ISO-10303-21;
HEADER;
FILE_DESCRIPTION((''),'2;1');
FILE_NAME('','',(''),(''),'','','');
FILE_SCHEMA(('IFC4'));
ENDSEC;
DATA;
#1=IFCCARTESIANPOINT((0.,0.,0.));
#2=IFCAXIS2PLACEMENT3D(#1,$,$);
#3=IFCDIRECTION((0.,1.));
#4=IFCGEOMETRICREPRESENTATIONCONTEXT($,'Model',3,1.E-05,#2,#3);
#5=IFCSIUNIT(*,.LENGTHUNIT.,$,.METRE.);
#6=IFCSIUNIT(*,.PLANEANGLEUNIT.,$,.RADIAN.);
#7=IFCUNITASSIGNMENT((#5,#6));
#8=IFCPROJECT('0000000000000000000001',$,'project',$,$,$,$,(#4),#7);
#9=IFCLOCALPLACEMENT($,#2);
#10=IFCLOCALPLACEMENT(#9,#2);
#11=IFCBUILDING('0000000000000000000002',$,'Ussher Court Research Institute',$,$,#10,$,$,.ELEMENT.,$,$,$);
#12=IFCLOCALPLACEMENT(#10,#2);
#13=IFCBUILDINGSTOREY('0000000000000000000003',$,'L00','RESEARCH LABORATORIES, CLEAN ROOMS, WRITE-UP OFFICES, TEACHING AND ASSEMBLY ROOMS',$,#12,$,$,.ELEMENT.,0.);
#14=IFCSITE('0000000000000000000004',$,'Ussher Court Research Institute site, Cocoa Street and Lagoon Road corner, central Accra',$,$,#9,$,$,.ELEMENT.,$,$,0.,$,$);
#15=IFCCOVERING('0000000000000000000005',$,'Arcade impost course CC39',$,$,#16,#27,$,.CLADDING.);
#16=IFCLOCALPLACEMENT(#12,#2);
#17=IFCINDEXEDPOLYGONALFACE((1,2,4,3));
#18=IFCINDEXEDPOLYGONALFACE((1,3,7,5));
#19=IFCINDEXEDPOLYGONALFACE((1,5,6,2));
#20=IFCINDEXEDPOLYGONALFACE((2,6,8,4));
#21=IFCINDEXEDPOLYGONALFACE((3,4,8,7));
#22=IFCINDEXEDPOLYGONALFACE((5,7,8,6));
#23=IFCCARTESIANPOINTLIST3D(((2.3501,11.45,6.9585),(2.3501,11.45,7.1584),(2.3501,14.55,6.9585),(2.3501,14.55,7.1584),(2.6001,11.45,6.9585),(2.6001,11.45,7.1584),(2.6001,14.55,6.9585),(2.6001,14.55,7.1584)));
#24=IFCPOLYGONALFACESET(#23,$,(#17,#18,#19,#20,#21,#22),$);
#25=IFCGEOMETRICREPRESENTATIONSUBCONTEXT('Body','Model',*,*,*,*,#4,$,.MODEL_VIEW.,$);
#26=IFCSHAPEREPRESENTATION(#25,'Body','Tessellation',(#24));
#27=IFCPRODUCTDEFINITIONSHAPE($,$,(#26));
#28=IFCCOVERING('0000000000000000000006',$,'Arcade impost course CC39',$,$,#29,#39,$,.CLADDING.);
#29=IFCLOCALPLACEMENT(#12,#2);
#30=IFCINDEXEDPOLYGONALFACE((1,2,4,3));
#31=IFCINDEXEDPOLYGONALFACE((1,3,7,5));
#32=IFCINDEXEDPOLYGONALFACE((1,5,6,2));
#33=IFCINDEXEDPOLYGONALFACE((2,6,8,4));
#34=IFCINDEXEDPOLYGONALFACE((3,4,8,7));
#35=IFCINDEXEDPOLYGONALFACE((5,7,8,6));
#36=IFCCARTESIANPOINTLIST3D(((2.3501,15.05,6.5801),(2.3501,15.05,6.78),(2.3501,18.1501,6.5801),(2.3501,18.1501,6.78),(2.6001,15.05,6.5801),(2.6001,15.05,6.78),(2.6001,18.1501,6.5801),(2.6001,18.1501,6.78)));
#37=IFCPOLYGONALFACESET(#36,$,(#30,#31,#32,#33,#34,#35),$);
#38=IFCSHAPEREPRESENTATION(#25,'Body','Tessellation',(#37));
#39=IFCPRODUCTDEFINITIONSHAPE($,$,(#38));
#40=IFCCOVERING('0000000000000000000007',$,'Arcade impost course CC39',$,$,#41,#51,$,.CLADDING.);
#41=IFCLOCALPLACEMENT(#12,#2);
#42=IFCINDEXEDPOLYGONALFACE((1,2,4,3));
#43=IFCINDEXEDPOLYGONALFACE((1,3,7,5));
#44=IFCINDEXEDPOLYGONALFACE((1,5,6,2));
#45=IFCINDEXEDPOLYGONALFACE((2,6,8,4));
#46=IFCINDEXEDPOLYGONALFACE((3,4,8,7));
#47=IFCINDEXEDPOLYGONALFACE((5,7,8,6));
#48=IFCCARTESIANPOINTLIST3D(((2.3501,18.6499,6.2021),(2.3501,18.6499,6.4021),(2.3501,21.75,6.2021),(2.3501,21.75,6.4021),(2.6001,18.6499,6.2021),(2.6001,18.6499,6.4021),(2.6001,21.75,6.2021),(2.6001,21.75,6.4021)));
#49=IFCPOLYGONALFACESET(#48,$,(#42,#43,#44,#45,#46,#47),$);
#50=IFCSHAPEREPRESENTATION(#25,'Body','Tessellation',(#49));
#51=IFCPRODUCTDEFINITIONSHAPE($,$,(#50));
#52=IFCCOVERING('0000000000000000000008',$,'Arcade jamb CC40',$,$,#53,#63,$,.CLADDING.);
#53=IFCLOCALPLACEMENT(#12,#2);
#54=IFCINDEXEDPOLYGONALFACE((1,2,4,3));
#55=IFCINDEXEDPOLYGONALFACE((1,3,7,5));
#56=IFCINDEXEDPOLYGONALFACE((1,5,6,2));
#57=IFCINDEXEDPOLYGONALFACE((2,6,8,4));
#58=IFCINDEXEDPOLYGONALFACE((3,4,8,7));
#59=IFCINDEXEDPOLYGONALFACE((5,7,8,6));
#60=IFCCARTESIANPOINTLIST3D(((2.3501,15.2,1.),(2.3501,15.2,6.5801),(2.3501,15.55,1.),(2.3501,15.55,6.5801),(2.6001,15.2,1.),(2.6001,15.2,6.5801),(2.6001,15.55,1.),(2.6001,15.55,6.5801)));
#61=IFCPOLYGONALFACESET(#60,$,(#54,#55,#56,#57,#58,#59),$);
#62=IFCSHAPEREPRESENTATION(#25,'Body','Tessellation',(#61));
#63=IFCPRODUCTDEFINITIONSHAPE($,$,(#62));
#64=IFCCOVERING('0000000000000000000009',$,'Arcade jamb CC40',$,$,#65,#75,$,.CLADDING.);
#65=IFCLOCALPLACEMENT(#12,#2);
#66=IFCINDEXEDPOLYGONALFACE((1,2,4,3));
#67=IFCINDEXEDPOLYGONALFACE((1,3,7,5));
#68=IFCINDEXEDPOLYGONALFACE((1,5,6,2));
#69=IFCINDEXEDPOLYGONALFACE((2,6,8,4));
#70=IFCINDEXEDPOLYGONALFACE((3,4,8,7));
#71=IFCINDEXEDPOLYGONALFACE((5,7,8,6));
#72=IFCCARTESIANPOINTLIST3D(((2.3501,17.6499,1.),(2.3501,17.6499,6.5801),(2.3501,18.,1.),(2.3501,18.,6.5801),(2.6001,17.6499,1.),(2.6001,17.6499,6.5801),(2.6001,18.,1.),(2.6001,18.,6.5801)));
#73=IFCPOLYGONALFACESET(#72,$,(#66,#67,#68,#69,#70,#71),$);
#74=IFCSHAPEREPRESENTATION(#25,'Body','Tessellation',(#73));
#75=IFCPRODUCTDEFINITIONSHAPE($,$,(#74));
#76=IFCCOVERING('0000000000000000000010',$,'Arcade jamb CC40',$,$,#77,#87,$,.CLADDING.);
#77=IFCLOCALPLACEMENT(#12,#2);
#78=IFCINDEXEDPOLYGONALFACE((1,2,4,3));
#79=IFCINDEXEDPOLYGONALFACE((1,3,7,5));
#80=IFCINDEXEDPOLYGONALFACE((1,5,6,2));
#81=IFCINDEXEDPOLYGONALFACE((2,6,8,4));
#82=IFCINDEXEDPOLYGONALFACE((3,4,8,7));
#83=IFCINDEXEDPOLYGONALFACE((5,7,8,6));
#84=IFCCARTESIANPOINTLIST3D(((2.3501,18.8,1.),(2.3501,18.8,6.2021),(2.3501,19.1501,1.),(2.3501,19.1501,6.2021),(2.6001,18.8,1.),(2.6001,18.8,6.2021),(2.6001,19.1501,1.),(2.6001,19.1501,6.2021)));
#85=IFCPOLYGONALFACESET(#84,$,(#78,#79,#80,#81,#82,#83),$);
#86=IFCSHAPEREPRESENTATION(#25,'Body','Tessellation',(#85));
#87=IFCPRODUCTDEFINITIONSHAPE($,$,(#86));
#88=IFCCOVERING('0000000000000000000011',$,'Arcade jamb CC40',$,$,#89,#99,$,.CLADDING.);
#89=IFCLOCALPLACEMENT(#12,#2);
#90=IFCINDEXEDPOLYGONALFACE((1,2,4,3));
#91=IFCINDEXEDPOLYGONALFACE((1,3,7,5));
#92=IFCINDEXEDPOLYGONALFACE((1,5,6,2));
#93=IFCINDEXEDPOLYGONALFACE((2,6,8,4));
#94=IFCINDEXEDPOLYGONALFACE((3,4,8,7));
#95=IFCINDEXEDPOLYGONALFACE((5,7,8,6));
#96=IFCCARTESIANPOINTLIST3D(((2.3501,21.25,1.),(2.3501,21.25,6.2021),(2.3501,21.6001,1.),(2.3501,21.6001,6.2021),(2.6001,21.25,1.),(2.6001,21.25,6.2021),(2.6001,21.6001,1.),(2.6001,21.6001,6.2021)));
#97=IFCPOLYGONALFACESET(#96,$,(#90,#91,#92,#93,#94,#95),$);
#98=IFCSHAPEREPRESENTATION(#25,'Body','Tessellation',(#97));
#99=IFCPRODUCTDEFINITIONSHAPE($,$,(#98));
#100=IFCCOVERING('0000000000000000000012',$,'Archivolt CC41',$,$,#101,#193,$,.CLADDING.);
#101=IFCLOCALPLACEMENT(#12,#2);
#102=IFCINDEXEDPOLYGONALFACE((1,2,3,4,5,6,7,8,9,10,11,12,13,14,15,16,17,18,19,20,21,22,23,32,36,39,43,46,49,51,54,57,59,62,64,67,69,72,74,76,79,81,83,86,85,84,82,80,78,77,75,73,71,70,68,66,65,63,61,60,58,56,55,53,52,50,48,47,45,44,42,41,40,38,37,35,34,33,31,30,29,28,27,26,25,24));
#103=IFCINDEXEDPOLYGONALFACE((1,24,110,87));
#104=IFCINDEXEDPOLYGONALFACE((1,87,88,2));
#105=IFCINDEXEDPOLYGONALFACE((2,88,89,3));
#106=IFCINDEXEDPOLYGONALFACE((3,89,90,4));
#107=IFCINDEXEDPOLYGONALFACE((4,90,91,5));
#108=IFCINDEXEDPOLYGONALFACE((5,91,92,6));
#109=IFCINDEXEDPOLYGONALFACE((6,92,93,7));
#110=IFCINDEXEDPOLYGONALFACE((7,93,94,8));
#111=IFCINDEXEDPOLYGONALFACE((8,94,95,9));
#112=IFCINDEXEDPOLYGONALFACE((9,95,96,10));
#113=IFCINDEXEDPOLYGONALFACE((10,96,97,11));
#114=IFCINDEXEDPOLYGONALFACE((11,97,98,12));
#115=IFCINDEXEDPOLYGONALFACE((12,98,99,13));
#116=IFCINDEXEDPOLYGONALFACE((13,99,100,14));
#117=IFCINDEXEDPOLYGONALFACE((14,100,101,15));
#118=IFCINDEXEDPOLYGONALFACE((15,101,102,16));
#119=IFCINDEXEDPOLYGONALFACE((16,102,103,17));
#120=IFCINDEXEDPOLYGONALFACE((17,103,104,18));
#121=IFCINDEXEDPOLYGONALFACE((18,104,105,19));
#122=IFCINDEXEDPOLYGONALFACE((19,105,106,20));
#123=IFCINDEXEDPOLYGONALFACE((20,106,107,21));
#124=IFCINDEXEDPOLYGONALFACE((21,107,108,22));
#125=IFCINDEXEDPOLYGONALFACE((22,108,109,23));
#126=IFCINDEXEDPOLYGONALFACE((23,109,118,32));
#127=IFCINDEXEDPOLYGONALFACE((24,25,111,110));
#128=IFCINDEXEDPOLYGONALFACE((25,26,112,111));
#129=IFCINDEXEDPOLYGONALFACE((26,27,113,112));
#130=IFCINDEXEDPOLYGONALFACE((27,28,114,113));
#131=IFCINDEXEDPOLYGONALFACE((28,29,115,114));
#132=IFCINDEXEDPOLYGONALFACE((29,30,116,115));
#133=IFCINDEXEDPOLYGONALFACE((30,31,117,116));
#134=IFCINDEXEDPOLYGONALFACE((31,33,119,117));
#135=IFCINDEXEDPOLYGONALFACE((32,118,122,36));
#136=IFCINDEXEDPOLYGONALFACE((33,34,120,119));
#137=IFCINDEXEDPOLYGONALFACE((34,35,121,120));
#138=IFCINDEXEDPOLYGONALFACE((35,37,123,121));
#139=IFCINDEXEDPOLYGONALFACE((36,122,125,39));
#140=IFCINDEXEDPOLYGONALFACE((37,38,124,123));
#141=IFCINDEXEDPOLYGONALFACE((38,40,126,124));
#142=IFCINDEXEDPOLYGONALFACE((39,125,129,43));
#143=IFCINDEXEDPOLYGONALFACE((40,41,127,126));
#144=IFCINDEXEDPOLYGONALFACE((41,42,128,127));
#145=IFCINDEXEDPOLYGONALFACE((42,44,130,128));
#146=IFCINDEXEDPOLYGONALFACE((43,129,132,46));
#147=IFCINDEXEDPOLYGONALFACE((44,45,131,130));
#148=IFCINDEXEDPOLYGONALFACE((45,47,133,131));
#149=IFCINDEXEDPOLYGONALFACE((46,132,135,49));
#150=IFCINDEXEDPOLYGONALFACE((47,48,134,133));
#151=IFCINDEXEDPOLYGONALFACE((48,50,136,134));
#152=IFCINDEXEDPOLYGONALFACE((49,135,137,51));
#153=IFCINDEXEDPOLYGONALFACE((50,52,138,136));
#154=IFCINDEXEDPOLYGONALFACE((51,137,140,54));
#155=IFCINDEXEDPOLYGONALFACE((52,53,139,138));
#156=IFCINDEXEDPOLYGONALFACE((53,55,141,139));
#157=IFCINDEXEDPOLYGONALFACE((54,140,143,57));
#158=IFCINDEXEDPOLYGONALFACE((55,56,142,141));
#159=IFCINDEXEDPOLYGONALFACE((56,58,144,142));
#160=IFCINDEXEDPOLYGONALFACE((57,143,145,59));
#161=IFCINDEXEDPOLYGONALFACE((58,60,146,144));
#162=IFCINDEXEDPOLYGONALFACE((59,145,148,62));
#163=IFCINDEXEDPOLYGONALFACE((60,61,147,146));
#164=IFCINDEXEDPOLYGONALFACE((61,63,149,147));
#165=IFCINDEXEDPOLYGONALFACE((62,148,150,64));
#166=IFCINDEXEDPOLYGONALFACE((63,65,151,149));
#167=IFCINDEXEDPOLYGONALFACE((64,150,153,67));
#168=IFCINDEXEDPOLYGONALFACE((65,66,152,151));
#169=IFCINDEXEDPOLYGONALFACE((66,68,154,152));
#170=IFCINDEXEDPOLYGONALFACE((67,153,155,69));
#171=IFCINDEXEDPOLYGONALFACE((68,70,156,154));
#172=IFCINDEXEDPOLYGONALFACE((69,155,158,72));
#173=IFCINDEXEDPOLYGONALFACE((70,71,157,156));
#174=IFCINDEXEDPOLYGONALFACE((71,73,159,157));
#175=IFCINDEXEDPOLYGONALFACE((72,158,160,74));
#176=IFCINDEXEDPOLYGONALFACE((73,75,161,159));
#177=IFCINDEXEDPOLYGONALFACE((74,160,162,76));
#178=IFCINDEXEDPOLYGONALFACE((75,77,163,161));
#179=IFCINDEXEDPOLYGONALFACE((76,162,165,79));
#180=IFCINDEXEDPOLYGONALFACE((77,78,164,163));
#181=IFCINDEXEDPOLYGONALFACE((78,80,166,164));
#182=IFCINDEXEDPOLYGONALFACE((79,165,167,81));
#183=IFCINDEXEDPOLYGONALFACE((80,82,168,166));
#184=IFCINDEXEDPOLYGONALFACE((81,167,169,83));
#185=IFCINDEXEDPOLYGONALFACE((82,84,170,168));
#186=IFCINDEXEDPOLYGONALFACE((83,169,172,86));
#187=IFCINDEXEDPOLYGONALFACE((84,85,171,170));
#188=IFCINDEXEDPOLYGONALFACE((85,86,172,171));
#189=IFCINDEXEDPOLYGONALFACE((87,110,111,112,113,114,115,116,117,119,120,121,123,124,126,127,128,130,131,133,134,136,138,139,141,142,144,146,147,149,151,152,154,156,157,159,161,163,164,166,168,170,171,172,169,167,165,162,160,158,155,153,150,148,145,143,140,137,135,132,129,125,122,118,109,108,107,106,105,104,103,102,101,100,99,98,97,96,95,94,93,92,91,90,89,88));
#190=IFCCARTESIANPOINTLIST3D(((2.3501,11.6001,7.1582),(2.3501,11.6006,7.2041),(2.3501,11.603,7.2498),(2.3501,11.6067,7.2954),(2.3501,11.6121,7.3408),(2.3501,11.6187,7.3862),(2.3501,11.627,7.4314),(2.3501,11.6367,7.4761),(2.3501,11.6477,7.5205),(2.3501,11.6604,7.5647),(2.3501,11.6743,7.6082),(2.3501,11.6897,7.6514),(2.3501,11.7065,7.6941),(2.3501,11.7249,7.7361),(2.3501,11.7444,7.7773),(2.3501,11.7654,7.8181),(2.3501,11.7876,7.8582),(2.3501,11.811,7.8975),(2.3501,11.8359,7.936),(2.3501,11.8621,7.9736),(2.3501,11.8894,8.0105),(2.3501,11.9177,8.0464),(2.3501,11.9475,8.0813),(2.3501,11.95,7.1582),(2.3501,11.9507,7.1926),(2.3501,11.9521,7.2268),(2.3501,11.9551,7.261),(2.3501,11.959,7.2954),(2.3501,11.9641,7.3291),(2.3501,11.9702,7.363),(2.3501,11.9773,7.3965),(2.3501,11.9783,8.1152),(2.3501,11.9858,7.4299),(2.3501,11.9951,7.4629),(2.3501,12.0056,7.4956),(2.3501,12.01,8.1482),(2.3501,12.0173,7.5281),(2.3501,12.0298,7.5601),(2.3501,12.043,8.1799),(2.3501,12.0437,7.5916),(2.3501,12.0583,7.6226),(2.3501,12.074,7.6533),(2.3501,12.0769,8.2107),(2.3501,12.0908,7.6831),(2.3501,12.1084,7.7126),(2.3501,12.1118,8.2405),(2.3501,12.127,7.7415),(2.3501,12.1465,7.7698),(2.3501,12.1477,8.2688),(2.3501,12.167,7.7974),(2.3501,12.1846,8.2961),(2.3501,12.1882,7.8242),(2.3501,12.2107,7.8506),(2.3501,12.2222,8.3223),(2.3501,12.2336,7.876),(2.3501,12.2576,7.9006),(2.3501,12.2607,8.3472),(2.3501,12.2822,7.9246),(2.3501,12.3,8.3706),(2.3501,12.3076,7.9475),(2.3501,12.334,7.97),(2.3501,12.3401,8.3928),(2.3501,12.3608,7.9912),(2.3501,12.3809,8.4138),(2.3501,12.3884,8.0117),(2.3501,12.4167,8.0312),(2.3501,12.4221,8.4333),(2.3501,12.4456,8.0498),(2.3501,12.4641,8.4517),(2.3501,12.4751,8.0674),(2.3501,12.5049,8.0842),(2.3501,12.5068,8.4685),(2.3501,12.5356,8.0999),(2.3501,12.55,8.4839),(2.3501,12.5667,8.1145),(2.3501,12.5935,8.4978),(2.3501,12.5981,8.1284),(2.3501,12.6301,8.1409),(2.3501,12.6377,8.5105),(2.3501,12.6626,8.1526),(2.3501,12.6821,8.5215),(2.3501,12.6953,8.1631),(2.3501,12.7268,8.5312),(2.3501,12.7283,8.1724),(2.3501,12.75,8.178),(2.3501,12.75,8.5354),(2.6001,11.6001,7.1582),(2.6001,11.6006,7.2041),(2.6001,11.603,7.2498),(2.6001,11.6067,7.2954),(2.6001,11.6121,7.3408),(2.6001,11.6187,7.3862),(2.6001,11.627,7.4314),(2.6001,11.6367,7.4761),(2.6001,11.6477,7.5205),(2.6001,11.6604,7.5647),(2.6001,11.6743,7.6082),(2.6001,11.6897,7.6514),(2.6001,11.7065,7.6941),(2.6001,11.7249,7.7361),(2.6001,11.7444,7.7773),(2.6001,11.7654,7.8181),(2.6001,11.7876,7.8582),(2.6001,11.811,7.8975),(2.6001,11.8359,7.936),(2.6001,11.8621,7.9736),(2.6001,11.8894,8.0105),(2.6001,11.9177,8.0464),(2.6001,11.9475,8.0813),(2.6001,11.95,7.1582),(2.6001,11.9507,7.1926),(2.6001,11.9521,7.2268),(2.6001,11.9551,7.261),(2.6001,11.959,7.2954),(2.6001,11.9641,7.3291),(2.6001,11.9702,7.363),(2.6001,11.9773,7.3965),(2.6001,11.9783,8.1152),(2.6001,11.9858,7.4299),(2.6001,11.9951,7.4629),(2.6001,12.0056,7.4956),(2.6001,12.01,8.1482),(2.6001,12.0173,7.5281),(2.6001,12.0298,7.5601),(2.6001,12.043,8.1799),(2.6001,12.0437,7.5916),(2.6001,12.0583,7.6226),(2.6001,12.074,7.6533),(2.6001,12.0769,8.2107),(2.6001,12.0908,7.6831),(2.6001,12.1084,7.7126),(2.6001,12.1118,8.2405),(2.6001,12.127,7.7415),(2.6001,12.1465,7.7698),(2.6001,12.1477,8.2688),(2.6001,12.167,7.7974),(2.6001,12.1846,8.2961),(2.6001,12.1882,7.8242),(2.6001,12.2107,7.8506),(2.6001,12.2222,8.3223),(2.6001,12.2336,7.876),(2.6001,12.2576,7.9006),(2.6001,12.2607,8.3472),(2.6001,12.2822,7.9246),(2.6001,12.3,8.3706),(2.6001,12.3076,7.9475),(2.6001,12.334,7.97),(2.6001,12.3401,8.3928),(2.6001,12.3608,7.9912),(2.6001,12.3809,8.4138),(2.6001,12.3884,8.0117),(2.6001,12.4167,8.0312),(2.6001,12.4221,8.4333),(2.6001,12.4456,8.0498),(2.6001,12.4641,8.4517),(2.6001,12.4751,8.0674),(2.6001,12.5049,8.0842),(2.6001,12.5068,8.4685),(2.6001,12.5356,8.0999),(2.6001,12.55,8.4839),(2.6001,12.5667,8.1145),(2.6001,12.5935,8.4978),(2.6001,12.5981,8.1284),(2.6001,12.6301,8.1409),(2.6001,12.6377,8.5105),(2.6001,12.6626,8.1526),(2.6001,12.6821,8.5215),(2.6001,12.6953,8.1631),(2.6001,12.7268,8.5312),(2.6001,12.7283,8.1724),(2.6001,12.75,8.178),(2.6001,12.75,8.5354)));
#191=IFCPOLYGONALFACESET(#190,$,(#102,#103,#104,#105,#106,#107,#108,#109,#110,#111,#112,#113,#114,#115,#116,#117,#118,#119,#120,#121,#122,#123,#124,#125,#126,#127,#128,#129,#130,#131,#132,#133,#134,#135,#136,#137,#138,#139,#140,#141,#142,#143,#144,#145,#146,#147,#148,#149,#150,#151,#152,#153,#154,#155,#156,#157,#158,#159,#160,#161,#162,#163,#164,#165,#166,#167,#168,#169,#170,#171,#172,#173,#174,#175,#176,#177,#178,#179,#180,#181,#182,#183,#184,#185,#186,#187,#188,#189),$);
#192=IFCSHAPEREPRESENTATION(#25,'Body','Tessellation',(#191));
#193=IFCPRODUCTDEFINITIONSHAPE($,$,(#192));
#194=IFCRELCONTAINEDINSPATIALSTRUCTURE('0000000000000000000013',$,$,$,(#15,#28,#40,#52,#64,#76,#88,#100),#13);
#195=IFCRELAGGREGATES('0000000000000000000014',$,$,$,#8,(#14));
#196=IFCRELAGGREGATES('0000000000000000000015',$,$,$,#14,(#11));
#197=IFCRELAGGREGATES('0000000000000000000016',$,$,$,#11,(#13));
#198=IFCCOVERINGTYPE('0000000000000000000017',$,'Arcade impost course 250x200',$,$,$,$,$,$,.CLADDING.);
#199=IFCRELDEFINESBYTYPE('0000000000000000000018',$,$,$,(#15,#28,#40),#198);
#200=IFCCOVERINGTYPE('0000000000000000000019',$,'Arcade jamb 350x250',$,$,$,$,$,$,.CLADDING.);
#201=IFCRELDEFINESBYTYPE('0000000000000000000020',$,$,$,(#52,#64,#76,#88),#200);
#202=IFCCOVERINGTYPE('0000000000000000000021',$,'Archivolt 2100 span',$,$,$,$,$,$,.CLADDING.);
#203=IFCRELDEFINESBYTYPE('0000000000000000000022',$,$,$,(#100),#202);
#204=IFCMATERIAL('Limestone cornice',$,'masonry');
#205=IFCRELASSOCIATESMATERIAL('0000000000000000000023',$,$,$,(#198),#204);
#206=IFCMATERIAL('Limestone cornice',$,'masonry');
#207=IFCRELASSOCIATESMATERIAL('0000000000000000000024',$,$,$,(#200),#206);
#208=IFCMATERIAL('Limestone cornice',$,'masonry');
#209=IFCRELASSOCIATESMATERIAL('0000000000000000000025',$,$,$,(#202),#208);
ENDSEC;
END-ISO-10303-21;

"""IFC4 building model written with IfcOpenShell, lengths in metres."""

from ifc_helpers import new_model, si_unit, direction, frame, origin, origin_2d, place, context, subcontext, project, spatial, polyline, rectangle, outline, extrude, material, type_object, element, save


model = new_model("IFC4")

# Units and contexts
model_context = context("Model", 3, precision=1e-05, world=origin(), true_north=direction((0.0, 1.0)))
body_context = subcontext(model_context, "Body", "Model", "MODEL_VIEW")
ifc_project = project(units=[si_unit("LENGTHUNIT", "METRE"), si_unit("PLANEANGLEUNIT", "RADIAN")], contexts=[model_context])

# Site, building, storey
site_placement = place(None, origin())
site = spatial("IfcSite", under=ifc_project, at=site_placement, Name="Ussher Court Research Institute site, Cocoa Street and Lagoon Road corner, central Accra", CompositionType="ELEMENT", RefElevation=0.0)
building_placement = place(site_placement, origin())
building = spatial("IfcBuilding", under=site, at=building_placement, Name="Ussher Court Research Institute", CompositionType="ELEMENT")
storey_placement = place(building_placement, origin())
storey = spatial("IfcBuildingStorey", under=building, at=storey_placement, Name="L00", Description="RESEARCH LABORATORIES, CLEAN ROOMS, WRITE-UP OFFICES, TEACHING AND ASSEMBLY ROOMS", CompositionType="ELEMENT", Elevation=0.0)

# Coverings
ifc_material_1 = material(Name="Limestone cornice", Category="masonry")
covering_type_1 = type_object("IfcCoveringType", Name="Arcade impost course 250x200", PredefinedType="CLADDING", material=ifc_material_1)
for number, where, z_axis, x_axis, name in (
    (1, (2.4751, 13.0, 6.9585), (0.0, 0.0, 1.0), (1.0, 0.0, 0.0), "Arcade impost course CC39"),
    (2, (2.4751, 16.6001, 6.5801), (0.0, 0.0, 1.0), (1.0, 0.0, 0.0), "Arcade impost course CC39"),
    (3, (2.4751, 20.2, 6.2021), (0.0, 0.0, 1.0), (1.0, 0.0, 0.0), "Arcade impost course CC39"),
):
    element("IfcCovering", number, at=place(storey_placement, frame(where, z_axis=z_axis, x_axis=x_axis)), inside=storey, type_object=covering_type_1, Name=name, PredefinedType="CLADDING", context=body_context, shape_type="SweptSolid", body=[
        extrude(rectangle(XDim=0.25, YDim=3.1001, at=origin_2d()), origin(), (0.0, 0.0, 1.0), 0.2),
    ])
ifc_material_2 = material(Name="Limestone cornice", Category="masonry")
covering_type_2 = type_object("IfcCoveringType", Name="Arcade jamb 350x250", PredefinedType="CLADDING", material=ifc_material_2)
for number, where, z_axis, x_axis, name in (
    (4, (2.4751, 15.375, 1.0), (0.0, 0.0, 1.0), (1.0, 0.0, 0.0), "Arcade jamb CC40"),
    (5, (2.4751, 17.825, 1.0), (0.0, 0.0, 1.0), (1.0, 0.0, 0.0), "Arcade jamb CC40"),
):
    element("IfcCovering", number, at=place(storey_placement, frame(where, z_axis=z_axis, x_axis=x_axis)), inside=storey, type_object=covering_type_2, Name=name, PredefinedType="CLADDING", context=body_context, shape_type="SweptSolid", body=[
        extrude(rectangle(XDim=0.25, YDim=0.3501, at=origin_2d()), origin(), (0.0, 0.0, 1.0), 5.5801),
    ])
for number, where, z_axis, x_axis, name in (
    (6, (2.4751, 18.9751, 1.0), (0.0, 0.0, 1.0), (1.0, 0.0, 0.0), "Arcade jamb CC40"),
    (7, (2.4751, 21.425, 1.0), (0.0, 0.0, 1.0), (1.0, 0.0, 0.0), "Arcade jamb CC40"),
):
    element("IfcCovering", number, at=place(storey_placement, frame(where, z_axis=z_axis, x_axis=x_axis)), inside=storey, type_object=covering_type_2, Name=name, PredefinedType="CLADDING", context=body_context, shape_type="SweptSolid", body=[
        extrude(rectangle(XDim=0.25, YDim=0.3501, at=origin_2d()), origin(), (0.0, 0.0, 1.0), 5.2021),
    ])
ifc_material_3 = material(Name="Limestone cornice", Category="masonry")
covering_type_3 = type_object("IfcCoveringType", Name="Archivolt 2100 span", PredefinedType="CLADDING", material=ifc_material_3)
covering_1_placement = place(storey_placement, frame((2.3501, 13.0, 7.1582), z_axis=(1.0, 0.0, 0.0), x_axis=(0.0, 1.0, 0.0)))
element("IfcCovering", 8, at=covering_1_placement, inside=storey, type_object=covering_type_3, Name="Archivolt CC41", PredefinedType="CLADDING", context=body_context, shape_type="SweptSolid", body=[
    extrude(outline(polyline([(-0.2732, 1.373), (-0.3179, 1.3633), (-0.3623, 1.3523), (-0.4065, 1.3396), (-0.45, 1.3257), (-0.4932, 1.3103), (-0.5359, 1.2935), (-0.5779, 1.2751), (-0.6191, 1.2556), (-0.6599, 1.2346), (-0.7, 1.2124), (-0.7393, 1.189), (-0.7778, 1.1641), (-0.8154, 1.1379), (-0.8523, 1.1106), (-0.8882, 1.0823), (-0.9231, 1.0525), (-0.957, 1.0217), (-0.99, 0.99), (-1.0217, 0.957), (-1.0525, 0.9231), (-1.0823, 0.8882), (-1.1106, 0.8523), (-1.1379, 0.8154), (-1.1641, 0.7778), (-1.189, 0.7393), (-1.2124, 0.7), (-1.2346, 0.6599), (-1.2556, 0.6191), (-1.2751, 0.5779), (-1.2935, 0.5359), (-1.3103, 0.4932), (-1.3257, 0.45), (-1.3396, 0.4065), (-1.3523, 0.3623), (-1.3633, 0.3179), (-1.373, 0.2732), (-1.3813, 0.228), (-1.3879, 0.1826), (-1.3933, 0.1372), (-1.397, 0.0916), (-1.3994, 0.0459), (-1.3999, 0.0), (-1.05, 0.0), (-1.0493, 0.0344), (-1.0479, 0.0686), (-1.0449, 0.1028), (-1.041, 0.1372), (-1.0359, 0.1709), (-1.0298, 0.2048), (-1.0227, 0.2383), (-1.0142, 0.2717), (-1.0049, 0.3047), (-0.9944, 0.3374), (-0.9827, 0.3699), (-0.9702, 0.4019), (-0.9563, 0.4333), (-0.9417, 0.4644), (-0.926, 0.4951), (-0.9092, 0.5249), (-0.8916, 0.5544), (-0.873, 0.5833), (-0.8535, 0.6116), (-0.833, 0.6392), (-0.8118, 0.666), (-0.7893, 0.6924), (-0.7664, 0.7178), (-0.7424, 0.7424), (-0.7178, 0.7664), (-0.6924, 0.7893), (-0.666, 0.8118), (-0.6392, 0.833), (-0.6116, 0.8535), (-0.5833, 0.873), (-0.5544, 0.8916), (-0.5249, 0.9092), (-0.4951, 0.926), (-0.4644, 0.9417), (-0.4333, 0.9563), (-0.4019, 0.9702), (-0.3699, 0.9827), (-0.3374, 0.9944), (-0.3047, 1.0049), (-0.2717, 1.0142), (-0.25, 1.0198), (-0.25, 1.3772), (-0.2732, 1.373)])), origin(), (0.0, 0.0, 1.0), 0.25),
])

save(model, "model.ifc")
